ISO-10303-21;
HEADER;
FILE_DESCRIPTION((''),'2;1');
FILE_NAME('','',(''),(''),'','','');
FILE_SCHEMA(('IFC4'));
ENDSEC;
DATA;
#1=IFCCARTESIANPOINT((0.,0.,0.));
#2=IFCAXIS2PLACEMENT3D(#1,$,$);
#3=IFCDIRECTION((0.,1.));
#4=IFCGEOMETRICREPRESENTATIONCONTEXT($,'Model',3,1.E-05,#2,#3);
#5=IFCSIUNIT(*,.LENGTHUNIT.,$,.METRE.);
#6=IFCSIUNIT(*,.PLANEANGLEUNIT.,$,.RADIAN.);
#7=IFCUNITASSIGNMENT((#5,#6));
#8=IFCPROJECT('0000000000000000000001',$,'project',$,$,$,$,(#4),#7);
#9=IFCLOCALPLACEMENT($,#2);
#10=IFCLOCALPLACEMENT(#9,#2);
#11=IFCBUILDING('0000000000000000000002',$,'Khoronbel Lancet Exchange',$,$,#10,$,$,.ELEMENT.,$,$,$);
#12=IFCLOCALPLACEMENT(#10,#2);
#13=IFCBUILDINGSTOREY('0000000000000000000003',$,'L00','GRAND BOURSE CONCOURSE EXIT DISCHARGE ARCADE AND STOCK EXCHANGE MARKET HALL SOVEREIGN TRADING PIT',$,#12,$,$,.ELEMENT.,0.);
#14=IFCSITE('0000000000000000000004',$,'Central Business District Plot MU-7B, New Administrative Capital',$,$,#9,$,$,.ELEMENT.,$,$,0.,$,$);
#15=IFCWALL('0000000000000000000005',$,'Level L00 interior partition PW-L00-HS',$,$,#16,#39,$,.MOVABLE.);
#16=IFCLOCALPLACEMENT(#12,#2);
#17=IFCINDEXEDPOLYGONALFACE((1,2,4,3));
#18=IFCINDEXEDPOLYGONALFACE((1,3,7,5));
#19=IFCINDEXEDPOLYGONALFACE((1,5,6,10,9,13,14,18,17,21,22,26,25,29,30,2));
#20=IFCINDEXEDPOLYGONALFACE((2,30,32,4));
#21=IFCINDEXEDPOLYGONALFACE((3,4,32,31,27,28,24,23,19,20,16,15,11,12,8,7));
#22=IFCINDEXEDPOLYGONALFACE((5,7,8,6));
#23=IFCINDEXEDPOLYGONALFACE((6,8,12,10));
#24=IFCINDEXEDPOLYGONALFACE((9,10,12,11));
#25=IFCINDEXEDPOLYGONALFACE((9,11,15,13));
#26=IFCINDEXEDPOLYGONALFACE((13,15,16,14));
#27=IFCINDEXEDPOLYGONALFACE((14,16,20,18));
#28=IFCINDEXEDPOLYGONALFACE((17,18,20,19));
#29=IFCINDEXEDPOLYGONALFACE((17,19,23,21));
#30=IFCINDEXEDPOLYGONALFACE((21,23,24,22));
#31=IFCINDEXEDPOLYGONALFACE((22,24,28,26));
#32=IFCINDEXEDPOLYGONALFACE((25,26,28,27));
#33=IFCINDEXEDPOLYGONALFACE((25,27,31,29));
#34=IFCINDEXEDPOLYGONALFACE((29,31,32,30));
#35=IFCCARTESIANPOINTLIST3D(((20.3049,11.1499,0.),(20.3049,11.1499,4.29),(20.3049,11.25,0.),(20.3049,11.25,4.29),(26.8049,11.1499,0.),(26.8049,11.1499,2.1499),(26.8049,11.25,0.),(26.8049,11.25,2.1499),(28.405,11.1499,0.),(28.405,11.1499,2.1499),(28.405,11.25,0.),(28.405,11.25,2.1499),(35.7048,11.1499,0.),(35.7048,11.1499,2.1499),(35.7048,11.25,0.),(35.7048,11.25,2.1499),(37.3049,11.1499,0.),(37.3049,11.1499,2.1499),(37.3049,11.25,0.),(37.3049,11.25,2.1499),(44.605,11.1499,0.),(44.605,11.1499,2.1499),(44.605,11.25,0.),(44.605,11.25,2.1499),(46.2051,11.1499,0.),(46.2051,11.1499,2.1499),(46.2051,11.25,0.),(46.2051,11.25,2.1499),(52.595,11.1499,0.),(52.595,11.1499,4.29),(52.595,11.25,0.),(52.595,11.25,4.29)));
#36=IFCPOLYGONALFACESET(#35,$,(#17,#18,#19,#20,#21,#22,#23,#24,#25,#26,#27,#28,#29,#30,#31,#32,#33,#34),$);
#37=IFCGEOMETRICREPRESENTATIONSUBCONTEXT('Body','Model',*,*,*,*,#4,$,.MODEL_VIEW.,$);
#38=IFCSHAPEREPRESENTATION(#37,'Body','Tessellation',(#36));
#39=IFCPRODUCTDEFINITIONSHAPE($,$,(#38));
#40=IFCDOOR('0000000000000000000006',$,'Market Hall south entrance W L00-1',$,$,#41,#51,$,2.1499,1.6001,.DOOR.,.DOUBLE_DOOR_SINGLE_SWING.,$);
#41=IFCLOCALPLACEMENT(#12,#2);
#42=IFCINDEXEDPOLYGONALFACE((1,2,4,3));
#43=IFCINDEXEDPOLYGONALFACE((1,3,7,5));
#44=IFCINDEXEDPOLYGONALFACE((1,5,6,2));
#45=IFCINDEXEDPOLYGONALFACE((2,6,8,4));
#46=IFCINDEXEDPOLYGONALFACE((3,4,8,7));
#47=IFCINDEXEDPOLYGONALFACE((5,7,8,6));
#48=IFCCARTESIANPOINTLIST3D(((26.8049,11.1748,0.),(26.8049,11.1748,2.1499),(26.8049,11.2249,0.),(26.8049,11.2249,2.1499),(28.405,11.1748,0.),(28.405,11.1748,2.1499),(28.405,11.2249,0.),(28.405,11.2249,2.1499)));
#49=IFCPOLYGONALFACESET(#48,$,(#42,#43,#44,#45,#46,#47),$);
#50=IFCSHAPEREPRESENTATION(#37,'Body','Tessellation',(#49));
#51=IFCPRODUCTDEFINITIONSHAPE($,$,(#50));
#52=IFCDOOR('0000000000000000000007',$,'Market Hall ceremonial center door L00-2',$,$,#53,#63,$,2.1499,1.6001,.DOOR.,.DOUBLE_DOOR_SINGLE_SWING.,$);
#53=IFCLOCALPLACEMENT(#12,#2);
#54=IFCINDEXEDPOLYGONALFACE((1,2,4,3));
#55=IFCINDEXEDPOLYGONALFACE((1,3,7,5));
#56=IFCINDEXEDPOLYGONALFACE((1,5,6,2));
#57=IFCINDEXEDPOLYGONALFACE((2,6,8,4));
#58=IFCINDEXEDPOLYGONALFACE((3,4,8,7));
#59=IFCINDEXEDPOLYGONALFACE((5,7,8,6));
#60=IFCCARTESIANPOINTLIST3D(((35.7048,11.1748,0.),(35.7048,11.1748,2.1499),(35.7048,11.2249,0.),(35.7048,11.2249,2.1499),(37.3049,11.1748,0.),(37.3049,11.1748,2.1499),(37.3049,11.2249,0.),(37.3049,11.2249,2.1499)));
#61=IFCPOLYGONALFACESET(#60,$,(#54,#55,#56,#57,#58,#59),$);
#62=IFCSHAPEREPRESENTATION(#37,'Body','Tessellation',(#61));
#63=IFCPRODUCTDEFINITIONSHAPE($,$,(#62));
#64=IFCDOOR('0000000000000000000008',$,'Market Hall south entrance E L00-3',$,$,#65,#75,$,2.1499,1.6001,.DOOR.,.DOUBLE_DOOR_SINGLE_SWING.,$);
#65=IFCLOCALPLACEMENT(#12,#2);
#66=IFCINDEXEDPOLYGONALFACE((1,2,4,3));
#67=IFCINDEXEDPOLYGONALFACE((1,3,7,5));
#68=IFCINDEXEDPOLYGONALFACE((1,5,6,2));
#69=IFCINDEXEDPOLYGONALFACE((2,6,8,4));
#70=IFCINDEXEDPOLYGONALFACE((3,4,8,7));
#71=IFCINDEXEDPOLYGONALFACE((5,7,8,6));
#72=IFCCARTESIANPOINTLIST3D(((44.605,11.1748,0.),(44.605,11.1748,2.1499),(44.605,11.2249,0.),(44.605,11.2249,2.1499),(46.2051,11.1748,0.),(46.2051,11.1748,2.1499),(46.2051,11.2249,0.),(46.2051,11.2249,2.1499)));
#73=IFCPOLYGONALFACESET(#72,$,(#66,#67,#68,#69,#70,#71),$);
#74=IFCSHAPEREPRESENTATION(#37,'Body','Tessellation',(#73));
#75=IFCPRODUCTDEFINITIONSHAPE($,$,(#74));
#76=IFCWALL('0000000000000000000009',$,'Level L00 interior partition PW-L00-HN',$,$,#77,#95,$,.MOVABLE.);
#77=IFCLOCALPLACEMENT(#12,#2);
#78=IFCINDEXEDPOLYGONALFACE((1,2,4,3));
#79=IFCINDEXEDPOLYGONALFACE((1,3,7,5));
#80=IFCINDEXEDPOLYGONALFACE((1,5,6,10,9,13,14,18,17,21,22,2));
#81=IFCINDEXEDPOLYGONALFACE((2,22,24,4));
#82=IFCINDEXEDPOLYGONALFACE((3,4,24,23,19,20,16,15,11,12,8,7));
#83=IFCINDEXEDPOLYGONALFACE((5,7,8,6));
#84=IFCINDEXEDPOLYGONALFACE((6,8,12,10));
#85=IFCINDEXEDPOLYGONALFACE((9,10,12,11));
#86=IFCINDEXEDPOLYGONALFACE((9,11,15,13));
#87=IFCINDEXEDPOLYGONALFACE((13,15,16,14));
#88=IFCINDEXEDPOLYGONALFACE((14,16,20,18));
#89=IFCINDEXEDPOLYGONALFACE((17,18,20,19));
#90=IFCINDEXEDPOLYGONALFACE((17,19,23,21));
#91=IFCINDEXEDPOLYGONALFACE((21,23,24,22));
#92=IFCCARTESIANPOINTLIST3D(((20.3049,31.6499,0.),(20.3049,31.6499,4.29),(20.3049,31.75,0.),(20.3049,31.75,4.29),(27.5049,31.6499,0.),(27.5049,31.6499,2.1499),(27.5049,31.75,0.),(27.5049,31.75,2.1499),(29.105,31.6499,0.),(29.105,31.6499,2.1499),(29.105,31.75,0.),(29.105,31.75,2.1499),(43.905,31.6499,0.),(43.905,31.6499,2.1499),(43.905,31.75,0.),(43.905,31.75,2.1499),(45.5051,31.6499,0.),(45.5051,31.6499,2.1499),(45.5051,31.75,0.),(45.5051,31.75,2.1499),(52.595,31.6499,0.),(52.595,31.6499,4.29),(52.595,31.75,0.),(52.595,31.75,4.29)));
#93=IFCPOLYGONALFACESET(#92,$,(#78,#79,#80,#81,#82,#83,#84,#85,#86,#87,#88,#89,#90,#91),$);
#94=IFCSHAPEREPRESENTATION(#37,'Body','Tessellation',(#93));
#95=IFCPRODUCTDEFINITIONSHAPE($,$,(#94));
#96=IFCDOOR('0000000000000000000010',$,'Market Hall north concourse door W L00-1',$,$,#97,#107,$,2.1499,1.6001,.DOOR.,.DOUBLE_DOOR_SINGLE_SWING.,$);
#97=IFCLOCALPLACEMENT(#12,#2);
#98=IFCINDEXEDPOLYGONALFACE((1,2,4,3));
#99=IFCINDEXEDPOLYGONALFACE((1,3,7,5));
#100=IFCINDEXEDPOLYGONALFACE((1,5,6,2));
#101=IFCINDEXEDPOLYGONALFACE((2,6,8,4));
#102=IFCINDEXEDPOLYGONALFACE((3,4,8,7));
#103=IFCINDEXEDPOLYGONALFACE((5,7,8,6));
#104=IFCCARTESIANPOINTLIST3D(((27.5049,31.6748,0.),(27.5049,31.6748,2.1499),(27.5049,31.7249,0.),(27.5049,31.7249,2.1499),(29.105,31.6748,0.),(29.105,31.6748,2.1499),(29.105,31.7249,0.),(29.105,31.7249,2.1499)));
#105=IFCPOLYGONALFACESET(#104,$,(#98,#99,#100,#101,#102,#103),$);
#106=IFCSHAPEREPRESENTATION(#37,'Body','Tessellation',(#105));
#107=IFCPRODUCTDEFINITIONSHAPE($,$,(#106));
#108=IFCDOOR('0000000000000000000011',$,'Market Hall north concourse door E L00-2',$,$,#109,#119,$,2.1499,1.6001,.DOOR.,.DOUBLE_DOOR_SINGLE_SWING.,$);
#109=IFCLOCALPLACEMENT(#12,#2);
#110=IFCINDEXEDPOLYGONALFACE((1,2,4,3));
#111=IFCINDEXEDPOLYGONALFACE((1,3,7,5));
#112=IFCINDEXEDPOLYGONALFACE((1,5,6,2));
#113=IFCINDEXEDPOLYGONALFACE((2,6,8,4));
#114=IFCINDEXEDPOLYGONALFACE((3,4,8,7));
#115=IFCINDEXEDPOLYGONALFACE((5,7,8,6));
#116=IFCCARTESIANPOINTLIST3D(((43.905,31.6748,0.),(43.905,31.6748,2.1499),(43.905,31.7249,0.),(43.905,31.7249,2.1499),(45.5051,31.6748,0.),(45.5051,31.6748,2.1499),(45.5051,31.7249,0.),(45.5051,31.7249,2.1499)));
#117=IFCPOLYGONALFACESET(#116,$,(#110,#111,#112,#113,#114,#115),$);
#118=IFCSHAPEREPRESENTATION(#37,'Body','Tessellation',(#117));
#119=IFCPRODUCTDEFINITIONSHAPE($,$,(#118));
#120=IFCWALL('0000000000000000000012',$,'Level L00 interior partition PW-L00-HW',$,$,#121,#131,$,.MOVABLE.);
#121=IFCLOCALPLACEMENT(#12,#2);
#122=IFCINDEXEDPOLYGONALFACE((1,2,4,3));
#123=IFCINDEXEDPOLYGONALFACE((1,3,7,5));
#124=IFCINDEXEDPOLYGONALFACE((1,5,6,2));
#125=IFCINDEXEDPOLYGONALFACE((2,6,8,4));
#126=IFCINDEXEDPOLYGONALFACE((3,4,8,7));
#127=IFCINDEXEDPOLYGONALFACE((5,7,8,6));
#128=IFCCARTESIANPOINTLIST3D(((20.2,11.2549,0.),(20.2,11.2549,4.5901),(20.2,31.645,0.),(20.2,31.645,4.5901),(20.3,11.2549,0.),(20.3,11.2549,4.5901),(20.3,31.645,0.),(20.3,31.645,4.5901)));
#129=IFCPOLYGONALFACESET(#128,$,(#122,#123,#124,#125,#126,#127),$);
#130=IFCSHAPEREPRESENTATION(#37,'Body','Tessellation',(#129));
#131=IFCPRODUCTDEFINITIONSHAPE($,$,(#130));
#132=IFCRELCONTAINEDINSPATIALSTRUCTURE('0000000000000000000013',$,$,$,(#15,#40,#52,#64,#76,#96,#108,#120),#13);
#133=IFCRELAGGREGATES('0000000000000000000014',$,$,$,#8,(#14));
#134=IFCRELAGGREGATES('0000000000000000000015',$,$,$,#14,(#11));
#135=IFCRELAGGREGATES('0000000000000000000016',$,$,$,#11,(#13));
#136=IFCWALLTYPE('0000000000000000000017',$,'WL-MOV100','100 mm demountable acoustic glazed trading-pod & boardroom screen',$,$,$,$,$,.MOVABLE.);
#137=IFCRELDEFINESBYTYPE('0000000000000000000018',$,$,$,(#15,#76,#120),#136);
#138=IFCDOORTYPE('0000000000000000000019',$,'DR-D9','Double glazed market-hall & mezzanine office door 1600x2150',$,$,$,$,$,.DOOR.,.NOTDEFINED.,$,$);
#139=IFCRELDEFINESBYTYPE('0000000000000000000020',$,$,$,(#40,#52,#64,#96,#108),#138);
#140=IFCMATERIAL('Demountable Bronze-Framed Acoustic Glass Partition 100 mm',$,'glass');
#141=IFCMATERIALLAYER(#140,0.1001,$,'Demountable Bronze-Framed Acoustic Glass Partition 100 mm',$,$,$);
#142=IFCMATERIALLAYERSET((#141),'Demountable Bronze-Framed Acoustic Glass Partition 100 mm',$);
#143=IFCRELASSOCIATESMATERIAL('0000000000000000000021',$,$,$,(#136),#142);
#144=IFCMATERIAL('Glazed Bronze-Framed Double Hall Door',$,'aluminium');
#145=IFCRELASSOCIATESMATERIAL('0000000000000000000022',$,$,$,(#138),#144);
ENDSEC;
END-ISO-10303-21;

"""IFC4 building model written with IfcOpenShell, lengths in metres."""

from ifc_helpers import new_model, si_unit, direction, frame, frame_2d, origin, place, context, subcontext, project, spatial, rectangle, extrude, material, layer, layer_set, type_object, element, fill, save


model = new_model("IFC4")

# Units and contexts
model_context = context("Model", 3, precision=1e-05, world=origin(), true_north=direction((0.0, 1.0)))
body_context = subcontext(model_context, "Body", "Model", "MODEL_VIEW")
ifc_project = project(units=[si_unit("LENGTHUNIT", "METRE"), si_unit("PLANEANGLEUNIT", "RADIAN")], contexts=[model_context])

# Site, building, storey
site_placement = place(None, origin())
site = spatial("IfcSite", under=ifc_project, at=site_placement, Name="Central Business District Plot MU-7B, New Administrative Capital", CompositionType="ELEMENT", RefElevation=0.0)
building_placement = place(site_placement, origin())
building = spatial("IfcBuilding", under=site, at=building_placement, Name="Khoronbel Lancet Exchange", CompositionType="ELEMENT")
storey_placement = place(building_placement, origin())
storey = spatial("IfcBuildingStorey", under=building, at=storey_placement, Name="L00", Description="GRAND BOURSE CONCOURSE EXIT DISCHARGE ARCADE AND STOCK EXCHANGE MARKET HALL SOVEREIGN TRADING PIT", CompositionType="ELEMENT", Elevation=0.0)

# Walls, openings, doors
ifc_material_1 = material(Name="Demountable Bronze-Framed Acoustic Glass Partition 100 mm", Category="glass")
ifc_layer = layer(ifc_material_1, 0.1001, Name="Demountable Bronze-Framed Acoustic Glass Partition 100 mm")
ifc_layer_set = layer_set([ifc_layer], Name="Demountable Bronze-Framed Acoustic Glass Partition 100 mm")
wall_type = type_object("IfcWallType", Name="WL-MOV100", Description="100 mm demountable acoustic glazed trading-pod & boardroom screen", PredefinedType="MOVABLE", material=ifc_layer_set)
wall_1_placement = place(storey_placement, frame((20.3049, 11.2, 0.0), z_axis=(0.0, 0.0, 1.0), x_axis=(1.0, 0.0, 0.0)))
wall_1 = element("IfcWall", 1, at=wall_1_placement, inside=storey, type_object=wall_type, Name="Level L00 interior partition PW-L00-HS", PredefinedType="MOVABLE", context=body_context, shape_type="SweptSolid", body=[
    extrude(rectangle(XDim=32.29, YDim=0.1001, at=frame_2d((16.145, 0.0))), origin(), (0.0, 0.0, 1.0), 4.29),
])
opening_1_placement = place(wall_1_placement, frame((6.5, 0.0, 0.0)))
opening_1 = element("IfcOpeningElement", 2, at=opening_1_placement, cuts=wall_1, PredefinedType="OPENING", context=body_context, shape_type="SweptSolid", body=[
    extrude(rectangle(XDim=1.6001, YDim=2.1499, at=frame_2d((0.8, 1.075))), frame((0.0, 0.0601, 0.0), z_axis=(0.0, -1.0, 0.0), x_axis=(1.0, 0.0, 0.0)), (0.0, 0.0, 1.0), 0.1201),
])
opening_2_placement = place(wall_1_placement, frame((15.3999, 0.0, 0.0)))
opening_2 = element("IfcOpeningElement", 3, at=opening_2_placement, cuts=wall_1, PredefinedType="OPENING", context=body_context, shape_type="SweptSolid", body=[
    extrude(rectangle(XDim=1.6001, YDim=2.1499, at=frame_2d((0.8, 1.075))), frame((0.0, 0.0601, 0.0), z_axis=(0.0, -1.0, 0.0), x_axis=(1.0, 0.0, 0.0)), (0.0, 0.0, 1.0), 0.1201),
])
opening_3_placement = place(wall_1_placement, frame((24.3, 0.0, 0.0)))
opening_3 = element("IfcOpeningElement", 4, at=opening_3_placement, cuts=wall_1, PredefinedType="OPENING", context=body_context, shape_type="SweptSolid", body=[
    extrude(rectangle(XDim=1.6001, YDim=2.1499, at=frame_2d((0.8, 1.075))), frame((0.0, 0.0601, 0.0), z_axis=(0.0, -1.0, 0.0), x_axis=(1.0, 0.0, 0.0)), (0.0, 0.0, 1.0), 0.1201),
])
ifc_material_2 = material(Name="Glazed Bronze-Framed Double Hall Door", Category="aluminium")
door_type = type_object("IfcDoorType", Name="DR-D9", Description="Double glazed market-hall & mezzanine office door 1600x2150", OperationType="NOTDEFINED", PredefinedType="DOOR", material=ifc_material_2)
door_1_placement = place(opening_1_placement, origin())
door_1 = element("IfcDoor", 5, at=door_1_placement, inside=storey, type_object=door_type, Name="Market Hall south entrance W L00-1", OperationType="DOUBLE_DOOR_SINGLE_SWING", OverallHeight=2.1499, OverallWidth=1.6001, PredefinedType="DOOR", context=body_context, shape_type="SweptSolid", body=[
    extrude(rectangle(XDim=1.6001, YDim=2.1499, at=frame_2d((0.8, 1.075))), frame((0.0, 0.0249, 0.0), z_axis=(0.0, -1.0, 0.0), x_axis=(1.0, 0.0, 0.0)), (0.0, 0.0, 1.0), 0.05),
])
fill(opening_1, door_1)
door_2_placement = place(opening_2_placement, origin())
door_2 = element("IfcDoor", 6, at=door_2_placement, inside=storey, type_object=door_type, Name="Market Hall ceremonial center door L00-2", OperationType="DOUBLE_DOOR_SINGLE_SWING", OverallHeight=2.1499, OverallWidth=1.6001, PredefinedType="DOOR", context=body_context, shape_type="SweptSolid", body=[
    extrude(rectangle(XDim=1.6001, YDim=2.1499, at=frame_2d((0.8, 1.075))), frame((0.0, 0.0249, 0.0), z_axis=(0.0, -1.0, 0.0), x_axis=(1.0, 0.0, 0.0)), (0.0, 0.0, 1.0), 0.05),
])
fill(opening_2, door_2)
door_3_placement = place(opening_3_placement, origin())
door_3 = element("IfcDoor", 7, at=door_3_placement, inside=storey, type_object=door_type, Name="Market Hall south entrance E L00-3", OperationType="DOUBLE_DOOR_SINGLE_SWING", OverallHeight=2.1499, OverallWidth=1.6001, PredefinedType="DOOR", context=body_context, shape_type="SweptSolid", body=[
    extrude(rectangle(XDim=1.6001, YDim=2.1499, at=frame_2d((0.8, 1.075))), frame((0.0, 0.0249, 0.0), z_axis=(0.0, -1.0, 0.0), x_axis=(1.0, 0.0, 0.0)), (0.0, 0.0, 1.0), 0.05),
])
fill(opening_3, door_3)
wall_2_placement = place(storey_placement, frame((20.3049, 31.7, 0.0), z_axis=(0.0, 0.0, 1.0), x_axis=(1.0, 0.0, 0.0)))
wall_2 = element("IfcWall", 8, at=wall_2_placement, inside=storey, type_object=wall_type, Name="Level L00 interior partition PW-L00-HN", PredefinedType="MOVABLE", context=body_context, shape_type="SweptSolid", body=[
    extrude(rectangle(XDim=32.29, YDim=0.1001, at=frame_2d((16.145, 0.0))), origin(), (0.0, 0.0, 1.0), 4.29),
])
opening_4_placement = place(wall_2_placement, frame((7.2, 0.0, 0.0)))
opening_4 = element("IfcOpeningElement", 9, at=opening_4_placement, cuts=wall_2, PredefinedType="OPENING", context=body_context, shape_type="SweptSolid", body=[
    extrude(rectangle(XDim=1.6001, YDim=2.1499, at=frame_2d((0.8, 1.075))), frame((0.0, 0.0601, 0.0), z_axis=(0.0, -1.0, 0.0), x_axis=(1.0, 0.0, 0.0)), (0.0, 0.0, 1.0), 0.1201),
])
opening_5_placement = place(wall_2_placement, frame((23.6001, 0.0, 0.0)))
opening_5 = element("IfcOpeningElement", 10, at=opening_5_placement, cuts=wall_2, PredefinedType="OPENING", context=body_context, shape_type="SweptSolid", body=[
    extrude(rectangle(XDim=1.6001, YDim=2.1499, at=frame_2d((0.8, 1.075))), frame((0.0, 0.0601, 0.0), z_axis=(0.0, -1.0, 0.0), x_axis=(1.0, 0.0, 0.0)), (0.0, 0.0, 1.0), 0.1201),
])
door_4_placement = place(opening_4_placement, origin())
door_4 = element("IfcDoor", 11, at=door_4_placement, inside=storey, type_object=door_type, Name="Market Hall north concourse door W L00-1", OperationType="DOUBLE_DOOR_SINGLE_SWING", OverallHeight=2.1499, OverallWidth=1.6001, PredefinedType="DOOR", context=body_context, shape_type="SweptSolid", body=[
    extrude(rectangle(XDim=1.6001, YDim=2.1499, at=frame_2d((0.8, 1.075))), frame((0.0, 0.0249, 0.0), z_axis=(0.0, -1.0, 0.0), x_axis=(1.0, 0.0, 0.0)), (0.0, 0.0, 1.0), 0.05),
])
fill(opening_4, door_4)
door_5_placement = place(opening_5_placement, origin())
door_5 = element("IfcDoor", 12, at=door_5_placement, inside=storey, type_object=door_type, Name="Market Hall north concourse door E L00-2", OperationType="DOUBLE_DOOR_SINGLE_SWING", OverallHeight=2.1499, OverallWidth=1.6001, PredefinedType="DOOR", context=body_context, shape_type="SweptSolid", body=[
    extrude(rectangle(XDim=1.6001, YDim=2.1499, at=frame_2d((0.8, 1.075))), frame((0.0, 0.0249, 0.0), z_axis=(0.0, -1.0, 0.0), x_axis=(1.0, 0.0, 0.0)), (0.0, 0.0, 1.0), 0.05),
])
fill(opening_5, door_5)

# Wall
wall_3_placement = place(storey_placement, frame((20.25, 11.2549, 0.0), z_axis=(0.0, 0.0, 1.0), x_axis=(0.0, 1.0, 0.0)))
element("IfcWall", 13, at=wall_3_placement, inside=storey, type_object=wall_type, Name="Level L00 interior partition PW-L00-HW", PredefinedType="MOVABLE", context=body_context, shape_type="SweptSolid", body=[
    extrude(rectangle(XDim=20.3901, YDim=0.1001, at=frame_2d((10.1951, 0.0))), origin(), (0.0, 0.0, 1.0), 4.5901),
])

save(model, "model.ifc")
